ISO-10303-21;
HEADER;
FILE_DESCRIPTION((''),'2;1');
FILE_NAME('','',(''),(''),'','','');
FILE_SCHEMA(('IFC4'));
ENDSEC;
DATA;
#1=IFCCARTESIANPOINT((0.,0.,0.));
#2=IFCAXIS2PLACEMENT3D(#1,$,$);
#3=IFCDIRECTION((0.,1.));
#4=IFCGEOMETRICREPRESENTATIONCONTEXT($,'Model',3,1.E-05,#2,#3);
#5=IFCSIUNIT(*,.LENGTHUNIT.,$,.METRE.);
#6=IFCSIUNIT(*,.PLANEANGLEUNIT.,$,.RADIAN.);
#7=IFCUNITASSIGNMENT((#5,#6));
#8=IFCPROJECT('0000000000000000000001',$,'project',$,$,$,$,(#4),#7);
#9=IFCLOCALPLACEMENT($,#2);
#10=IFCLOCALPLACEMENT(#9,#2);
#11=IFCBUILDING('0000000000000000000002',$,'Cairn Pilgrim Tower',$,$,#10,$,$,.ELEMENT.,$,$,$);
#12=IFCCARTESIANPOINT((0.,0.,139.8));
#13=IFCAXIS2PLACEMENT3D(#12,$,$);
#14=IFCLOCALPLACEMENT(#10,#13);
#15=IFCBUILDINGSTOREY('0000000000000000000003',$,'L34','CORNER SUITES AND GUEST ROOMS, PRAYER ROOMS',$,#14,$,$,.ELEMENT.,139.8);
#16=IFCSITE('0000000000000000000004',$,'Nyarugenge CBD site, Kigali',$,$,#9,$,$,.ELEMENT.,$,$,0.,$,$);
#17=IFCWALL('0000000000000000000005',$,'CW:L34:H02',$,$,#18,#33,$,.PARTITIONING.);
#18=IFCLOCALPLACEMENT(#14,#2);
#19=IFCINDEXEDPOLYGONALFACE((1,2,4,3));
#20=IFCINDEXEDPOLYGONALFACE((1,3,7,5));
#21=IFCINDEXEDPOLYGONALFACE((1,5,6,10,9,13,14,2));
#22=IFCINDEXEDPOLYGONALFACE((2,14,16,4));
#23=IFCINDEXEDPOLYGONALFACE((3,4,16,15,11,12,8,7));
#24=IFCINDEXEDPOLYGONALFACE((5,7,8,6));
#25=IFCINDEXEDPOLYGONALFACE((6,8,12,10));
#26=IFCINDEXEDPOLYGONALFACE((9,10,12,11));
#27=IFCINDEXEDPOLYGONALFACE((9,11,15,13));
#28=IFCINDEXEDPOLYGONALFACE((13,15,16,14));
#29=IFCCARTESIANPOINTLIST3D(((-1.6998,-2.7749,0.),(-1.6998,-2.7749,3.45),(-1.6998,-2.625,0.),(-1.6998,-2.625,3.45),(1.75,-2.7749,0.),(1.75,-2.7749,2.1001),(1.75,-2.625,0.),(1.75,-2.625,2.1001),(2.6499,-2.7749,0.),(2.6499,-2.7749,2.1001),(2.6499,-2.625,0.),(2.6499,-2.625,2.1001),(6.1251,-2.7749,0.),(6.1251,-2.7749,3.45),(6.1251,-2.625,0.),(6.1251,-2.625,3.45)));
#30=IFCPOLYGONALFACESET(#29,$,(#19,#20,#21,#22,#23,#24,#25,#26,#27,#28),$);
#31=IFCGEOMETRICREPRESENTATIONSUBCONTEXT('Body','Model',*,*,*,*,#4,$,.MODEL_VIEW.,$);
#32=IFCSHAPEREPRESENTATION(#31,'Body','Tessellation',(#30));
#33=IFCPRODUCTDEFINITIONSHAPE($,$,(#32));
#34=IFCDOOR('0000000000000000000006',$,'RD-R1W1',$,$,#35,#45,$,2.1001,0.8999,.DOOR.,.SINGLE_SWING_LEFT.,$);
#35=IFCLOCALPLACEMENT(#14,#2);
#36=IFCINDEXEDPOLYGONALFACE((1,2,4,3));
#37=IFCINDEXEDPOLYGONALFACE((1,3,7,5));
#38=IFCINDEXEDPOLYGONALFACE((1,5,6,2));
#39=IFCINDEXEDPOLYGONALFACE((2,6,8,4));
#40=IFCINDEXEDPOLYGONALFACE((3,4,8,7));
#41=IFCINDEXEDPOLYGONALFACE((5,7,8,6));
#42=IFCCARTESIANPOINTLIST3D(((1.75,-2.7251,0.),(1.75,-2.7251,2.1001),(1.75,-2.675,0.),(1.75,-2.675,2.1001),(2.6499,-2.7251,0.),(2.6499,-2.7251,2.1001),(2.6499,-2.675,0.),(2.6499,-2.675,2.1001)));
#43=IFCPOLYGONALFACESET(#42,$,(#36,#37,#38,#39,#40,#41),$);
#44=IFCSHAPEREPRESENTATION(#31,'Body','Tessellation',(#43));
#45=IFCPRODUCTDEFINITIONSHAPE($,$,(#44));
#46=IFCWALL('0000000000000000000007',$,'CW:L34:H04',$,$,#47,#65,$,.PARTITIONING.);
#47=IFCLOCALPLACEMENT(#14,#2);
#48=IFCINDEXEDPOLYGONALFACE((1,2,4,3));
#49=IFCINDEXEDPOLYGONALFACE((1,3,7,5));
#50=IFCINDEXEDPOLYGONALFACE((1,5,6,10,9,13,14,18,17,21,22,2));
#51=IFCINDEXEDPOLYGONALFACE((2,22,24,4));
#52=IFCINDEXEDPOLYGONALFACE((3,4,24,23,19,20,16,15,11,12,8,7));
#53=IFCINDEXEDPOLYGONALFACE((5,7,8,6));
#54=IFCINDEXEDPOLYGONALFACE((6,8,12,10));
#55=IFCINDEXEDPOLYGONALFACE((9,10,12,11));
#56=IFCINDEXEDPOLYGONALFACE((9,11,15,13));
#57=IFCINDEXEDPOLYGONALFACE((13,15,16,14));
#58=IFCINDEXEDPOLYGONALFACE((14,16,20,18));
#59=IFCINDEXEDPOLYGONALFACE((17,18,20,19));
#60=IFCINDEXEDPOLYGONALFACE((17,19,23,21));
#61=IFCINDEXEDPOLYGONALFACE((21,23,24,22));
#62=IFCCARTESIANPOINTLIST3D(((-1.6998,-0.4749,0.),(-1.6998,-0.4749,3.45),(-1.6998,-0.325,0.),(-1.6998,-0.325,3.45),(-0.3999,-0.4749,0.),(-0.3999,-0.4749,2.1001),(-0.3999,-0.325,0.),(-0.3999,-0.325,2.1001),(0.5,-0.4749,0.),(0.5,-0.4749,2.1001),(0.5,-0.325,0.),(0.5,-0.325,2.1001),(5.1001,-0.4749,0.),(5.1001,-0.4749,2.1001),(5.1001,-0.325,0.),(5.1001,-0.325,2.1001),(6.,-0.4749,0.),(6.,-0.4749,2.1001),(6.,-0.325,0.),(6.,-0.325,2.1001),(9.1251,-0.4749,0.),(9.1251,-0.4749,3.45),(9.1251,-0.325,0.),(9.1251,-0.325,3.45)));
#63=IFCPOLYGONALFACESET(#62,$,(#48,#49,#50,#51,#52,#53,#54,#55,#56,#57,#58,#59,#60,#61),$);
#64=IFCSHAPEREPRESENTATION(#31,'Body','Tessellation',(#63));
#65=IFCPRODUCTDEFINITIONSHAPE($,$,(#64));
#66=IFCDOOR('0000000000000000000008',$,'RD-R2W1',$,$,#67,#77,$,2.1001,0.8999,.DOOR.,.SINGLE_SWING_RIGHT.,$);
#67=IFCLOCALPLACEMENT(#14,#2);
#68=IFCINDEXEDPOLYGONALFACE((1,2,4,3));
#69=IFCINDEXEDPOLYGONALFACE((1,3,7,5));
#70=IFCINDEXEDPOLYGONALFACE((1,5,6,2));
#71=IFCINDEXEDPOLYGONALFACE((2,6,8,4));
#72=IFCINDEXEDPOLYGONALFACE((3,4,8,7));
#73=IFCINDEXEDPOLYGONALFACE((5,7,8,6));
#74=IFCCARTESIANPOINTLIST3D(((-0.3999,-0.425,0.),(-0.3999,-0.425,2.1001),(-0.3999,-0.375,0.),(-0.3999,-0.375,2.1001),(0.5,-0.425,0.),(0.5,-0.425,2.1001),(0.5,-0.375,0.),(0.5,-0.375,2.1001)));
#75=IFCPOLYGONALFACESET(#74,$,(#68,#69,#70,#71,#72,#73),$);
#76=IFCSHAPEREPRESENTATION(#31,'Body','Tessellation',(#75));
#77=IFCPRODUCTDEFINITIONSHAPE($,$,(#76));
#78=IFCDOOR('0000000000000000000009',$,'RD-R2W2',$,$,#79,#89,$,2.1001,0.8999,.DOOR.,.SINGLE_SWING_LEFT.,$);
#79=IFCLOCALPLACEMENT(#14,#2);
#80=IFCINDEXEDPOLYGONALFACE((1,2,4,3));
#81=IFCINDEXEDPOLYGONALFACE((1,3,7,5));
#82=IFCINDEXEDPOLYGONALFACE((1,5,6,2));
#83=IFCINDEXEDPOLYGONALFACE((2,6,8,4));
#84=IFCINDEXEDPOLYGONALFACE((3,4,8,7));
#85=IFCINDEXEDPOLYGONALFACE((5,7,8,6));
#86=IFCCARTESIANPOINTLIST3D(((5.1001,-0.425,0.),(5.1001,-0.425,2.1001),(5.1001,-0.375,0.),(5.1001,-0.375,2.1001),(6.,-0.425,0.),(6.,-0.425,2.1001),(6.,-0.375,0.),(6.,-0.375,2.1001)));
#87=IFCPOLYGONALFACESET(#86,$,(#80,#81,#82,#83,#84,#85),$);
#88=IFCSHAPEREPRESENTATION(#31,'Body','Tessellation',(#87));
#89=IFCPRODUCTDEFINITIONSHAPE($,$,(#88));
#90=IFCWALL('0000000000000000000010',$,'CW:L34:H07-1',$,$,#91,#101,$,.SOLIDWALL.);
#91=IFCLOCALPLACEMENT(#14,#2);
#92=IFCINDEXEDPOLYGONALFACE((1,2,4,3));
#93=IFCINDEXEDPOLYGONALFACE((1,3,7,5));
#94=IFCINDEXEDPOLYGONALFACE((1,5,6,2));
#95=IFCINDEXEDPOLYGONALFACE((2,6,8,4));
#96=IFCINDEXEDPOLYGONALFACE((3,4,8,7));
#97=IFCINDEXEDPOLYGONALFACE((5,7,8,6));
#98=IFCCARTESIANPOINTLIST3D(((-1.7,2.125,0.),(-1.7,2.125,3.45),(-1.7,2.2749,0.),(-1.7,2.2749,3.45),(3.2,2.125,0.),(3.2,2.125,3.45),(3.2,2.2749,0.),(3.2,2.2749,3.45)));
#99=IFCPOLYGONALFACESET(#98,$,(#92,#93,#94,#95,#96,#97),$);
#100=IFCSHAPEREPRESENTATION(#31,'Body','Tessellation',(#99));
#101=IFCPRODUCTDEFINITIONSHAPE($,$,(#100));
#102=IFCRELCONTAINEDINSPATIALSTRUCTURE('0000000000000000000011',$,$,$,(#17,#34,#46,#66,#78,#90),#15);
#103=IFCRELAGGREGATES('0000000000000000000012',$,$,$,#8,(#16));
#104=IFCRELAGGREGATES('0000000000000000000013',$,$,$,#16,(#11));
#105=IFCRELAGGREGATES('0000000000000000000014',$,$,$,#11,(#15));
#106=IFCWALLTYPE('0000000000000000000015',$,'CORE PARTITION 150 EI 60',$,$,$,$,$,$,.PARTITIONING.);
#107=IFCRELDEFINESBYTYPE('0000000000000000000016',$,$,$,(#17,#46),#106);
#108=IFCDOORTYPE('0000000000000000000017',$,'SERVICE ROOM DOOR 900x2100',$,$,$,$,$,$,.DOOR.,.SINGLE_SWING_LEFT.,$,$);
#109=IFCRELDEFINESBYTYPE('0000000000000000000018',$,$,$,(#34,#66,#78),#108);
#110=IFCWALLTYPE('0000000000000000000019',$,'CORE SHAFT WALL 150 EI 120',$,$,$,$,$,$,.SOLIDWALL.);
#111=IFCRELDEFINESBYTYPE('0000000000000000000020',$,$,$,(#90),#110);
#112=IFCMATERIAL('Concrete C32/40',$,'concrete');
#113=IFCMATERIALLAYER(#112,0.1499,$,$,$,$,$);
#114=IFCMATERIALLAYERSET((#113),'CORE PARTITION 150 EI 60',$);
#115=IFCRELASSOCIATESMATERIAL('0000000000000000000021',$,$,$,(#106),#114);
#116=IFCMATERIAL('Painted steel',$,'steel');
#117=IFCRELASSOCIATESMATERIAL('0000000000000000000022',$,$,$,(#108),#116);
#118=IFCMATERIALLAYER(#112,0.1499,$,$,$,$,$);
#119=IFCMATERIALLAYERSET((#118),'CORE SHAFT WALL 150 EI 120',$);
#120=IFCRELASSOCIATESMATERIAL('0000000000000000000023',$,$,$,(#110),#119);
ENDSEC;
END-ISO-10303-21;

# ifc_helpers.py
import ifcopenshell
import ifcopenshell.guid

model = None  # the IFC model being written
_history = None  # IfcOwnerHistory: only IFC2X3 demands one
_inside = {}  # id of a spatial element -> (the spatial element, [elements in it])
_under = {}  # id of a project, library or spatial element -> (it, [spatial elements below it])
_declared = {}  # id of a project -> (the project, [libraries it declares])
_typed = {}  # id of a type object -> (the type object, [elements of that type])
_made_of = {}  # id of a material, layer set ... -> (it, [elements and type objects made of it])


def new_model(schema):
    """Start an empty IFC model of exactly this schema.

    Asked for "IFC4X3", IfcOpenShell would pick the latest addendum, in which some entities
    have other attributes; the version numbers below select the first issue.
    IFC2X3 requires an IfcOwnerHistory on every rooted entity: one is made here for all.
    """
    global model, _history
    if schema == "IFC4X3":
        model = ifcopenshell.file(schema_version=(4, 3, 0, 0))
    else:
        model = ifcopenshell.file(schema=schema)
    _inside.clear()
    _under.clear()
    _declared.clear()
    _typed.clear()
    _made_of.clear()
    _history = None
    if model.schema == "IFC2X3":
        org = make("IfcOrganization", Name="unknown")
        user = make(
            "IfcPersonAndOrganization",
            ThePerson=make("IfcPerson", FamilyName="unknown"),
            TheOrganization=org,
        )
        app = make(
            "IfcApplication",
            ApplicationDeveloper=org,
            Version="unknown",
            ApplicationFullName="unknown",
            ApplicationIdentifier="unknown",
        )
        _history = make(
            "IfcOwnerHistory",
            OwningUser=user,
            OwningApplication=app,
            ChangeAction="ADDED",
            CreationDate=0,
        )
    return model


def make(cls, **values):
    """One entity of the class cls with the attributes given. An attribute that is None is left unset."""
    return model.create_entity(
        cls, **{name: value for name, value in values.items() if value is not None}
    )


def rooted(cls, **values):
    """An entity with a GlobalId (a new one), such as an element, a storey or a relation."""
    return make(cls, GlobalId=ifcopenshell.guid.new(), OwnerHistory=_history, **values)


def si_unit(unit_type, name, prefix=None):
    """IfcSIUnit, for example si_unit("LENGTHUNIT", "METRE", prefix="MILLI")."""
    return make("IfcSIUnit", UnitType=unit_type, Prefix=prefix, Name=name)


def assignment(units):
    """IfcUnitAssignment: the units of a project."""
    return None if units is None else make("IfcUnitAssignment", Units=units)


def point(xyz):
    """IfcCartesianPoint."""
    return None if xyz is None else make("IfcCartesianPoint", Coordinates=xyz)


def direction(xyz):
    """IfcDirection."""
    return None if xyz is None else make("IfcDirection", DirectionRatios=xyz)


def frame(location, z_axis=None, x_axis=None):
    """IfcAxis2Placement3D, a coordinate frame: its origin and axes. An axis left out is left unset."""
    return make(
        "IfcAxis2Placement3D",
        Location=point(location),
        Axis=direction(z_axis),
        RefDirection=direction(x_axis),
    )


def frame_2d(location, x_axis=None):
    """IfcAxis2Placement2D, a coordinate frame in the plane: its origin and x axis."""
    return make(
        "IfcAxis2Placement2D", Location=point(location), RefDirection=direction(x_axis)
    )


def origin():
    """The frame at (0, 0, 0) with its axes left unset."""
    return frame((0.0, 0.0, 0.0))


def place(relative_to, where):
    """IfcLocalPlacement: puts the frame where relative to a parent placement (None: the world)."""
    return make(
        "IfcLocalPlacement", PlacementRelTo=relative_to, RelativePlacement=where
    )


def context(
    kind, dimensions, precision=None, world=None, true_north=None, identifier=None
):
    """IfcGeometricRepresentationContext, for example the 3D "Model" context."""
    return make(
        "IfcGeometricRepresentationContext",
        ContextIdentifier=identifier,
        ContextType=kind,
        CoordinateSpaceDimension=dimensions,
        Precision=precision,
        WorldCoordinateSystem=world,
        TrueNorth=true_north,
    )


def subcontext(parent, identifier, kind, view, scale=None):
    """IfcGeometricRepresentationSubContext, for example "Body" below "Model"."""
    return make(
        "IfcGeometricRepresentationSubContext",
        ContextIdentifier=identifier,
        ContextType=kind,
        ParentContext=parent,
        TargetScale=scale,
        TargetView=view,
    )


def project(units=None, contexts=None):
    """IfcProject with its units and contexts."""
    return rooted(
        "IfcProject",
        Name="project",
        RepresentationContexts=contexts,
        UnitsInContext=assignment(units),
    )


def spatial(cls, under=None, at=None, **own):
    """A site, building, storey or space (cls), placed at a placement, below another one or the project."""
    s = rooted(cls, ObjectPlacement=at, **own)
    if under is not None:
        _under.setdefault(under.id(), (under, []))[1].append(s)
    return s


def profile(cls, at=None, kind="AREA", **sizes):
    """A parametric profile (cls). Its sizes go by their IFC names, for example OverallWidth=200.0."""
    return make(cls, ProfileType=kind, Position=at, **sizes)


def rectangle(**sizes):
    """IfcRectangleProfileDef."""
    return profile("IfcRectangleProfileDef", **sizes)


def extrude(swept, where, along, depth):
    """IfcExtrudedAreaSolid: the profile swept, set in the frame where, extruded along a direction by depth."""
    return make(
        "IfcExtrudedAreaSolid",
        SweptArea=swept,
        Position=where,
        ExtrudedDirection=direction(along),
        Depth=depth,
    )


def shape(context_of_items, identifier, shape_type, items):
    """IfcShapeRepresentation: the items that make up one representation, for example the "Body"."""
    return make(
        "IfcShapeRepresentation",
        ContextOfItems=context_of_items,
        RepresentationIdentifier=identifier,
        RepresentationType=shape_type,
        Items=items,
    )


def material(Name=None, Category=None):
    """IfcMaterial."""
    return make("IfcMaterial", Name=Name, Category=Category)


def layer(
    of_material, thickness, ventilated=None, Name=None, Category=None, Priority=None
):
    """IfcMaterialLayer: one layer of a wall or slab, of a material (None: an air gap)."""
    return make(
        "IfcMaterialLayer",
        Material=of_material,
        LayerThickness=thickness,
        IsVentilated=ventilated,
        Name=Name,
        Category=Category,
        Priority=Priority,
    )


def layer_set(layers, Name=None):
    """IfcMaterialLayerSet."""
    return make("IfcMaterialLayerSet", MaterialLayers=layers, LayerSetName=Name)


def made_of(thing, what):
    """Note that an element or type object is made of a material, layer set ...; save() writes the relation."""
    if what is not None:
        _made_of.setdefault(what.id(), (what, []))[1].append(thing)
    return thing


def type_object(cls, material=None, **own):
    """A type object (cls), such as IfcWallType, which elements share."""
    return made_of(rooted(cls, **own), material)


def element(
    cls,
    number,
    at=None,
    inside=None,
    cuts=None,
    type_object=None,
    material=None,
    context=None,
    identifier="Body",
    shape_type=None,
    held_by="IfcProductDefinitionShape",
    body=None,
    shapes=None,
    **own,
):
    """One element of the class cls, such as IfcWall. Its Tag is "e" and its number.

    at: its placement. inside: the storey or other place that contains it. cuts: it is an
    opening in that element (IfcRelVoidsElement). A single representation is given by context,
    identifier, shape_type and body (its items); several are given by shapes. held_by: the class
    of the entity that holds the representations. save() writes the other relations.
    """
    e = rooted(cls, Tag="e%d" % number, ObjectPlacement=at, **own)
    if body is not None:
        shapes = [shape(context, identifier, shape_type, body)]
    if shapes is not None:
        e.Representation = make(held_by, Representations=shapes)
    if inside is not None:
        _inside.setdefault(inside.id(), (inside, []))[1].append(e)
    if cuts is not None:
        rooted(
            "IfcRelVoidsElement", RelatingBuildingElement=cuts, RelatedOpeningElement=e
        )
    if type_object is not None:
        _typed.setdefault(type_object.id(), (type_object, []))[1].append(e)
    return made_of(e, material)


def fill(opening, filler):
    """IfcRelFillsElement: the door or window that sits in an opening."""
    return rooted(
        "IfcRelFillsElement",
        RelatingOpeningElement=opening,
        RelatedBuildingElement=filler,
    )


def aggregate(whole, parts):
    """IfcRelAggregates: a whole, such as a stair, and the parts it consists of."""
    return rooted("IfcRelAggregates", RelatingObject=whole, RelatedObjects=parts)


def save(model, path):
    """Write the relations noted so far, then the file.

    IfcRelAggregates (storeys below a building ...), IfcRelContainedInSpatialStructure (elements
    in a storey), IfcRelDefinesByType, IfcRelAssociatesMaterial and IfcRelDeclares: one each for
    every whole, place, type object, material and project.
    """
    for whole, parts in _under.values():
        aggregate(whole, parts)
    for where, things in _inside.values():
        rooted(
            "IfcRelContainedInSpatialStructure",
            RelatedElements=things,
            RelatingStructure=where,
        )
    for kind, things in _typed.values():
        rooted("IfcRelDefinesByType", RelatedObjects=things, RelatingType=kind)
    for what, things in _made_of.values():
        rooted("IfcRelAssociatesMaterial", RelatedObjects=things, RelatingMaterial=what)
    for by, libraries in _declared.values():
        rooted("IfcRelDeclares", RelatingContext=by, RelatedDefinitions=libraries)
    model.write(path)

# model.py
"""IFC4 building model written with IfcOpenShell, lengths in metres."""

from ifc_helpers import new_model, si_unit, direction, frame, frame_2d, origin, place, context, subcontext, project, spatial, rectangle, extrude, material, layer, layer_set, type_object, element, fill, save


model = new_model("IFC4")

# Units and contexts
model_context = context("Model", 3, precision=1e-05, world=origin(), true_north=direction((0.0, 1.0)))
body_context = subcontext(model_context, "Body", "Model", "MODEL_VIEW")
ifc_project = project(units=[si_unit("LENGTHUNIT", "METRE"), si_unit("PLANEANGLEUNIT", "RADIAN")], contexts=[model_context])

# Site, building, storey
site_placement = place(None, origin())
site = spatial("IfcSite", under=ifc_project, at=site_placement, Name="Nyarugenge CBD site, Kigali", CompositionType="ELEMENT", RefElevation=0.0)
building_placement = place(site_placement, origin())
building = spatial("IfcBuilding", under=site, at=building_placement, Name="Cairn Pilgrim Tower", CompositionType="ELEMENT")
storey_placement = place(building_placement, frame((0.0, 0.0, 139.8)))
storey = spatial("IfcBuildingStorey", under=building, at=storey_placement, Name="L34", Description="CORNER SUITES AND GUEST ROOMS, PRAYER ROOMS", CompositionType="ELEMENT", Elevation=139.8)

# Shared definitions
ifc_material_1 = material(Name="Concrete C32/40", Category="concrete")

# Shared definitions
ifc_material_2 = material(Name="Painted steel", Category="steel")

# Wall, opening, door
ifc_layer_1 = layer(ifc_material_1, 0.1499)
ifc_layer_set_1 = layer_set([ifc_layer_1], Name="CORE PARTITION 150 EI 60")
wall_type_1 = type_object("IfcWallType", Name="CORE PARTITION 150 EI 60", PredefinedType="PARTITIONING", material=ifc_layer_set_1)
wall_1_placement = place(storey_placement, frame((-1.7, -2.7, 0.0), z_axis=(0.0, 0.0, 1.0), x_axis=(1.0, 0.0, 0.0)))
wall_1 = element("IfcWall", 1, at=wall_1_placement, inside=storey, type_object=wall_type_1, Name="CW:L34:H02", PredefinedType="PARTITIONING", context=body_context, shape_type="SweptSolid", body=[
    extrude(rectangle(XDim=7.825, YDim=0.1499, at=frame_2d((3.9126, 0.0))), origin(), (0.0, 0.0, 1.0), 3.45),
])
opening_1_placement = place(wall_1_placement, frame((3.45, 0.0, 0.0)))
opening_1 = element("IfcOpeningElement", 2, at=opening_1_placement, cuts=wall_1, PredefinedType="OPENING", context=body_context, shape_type="SweptSolid", body=[
    extrude(rectangle(XDim=0.8999, YDim=2.1001, at=frame_2d((0.45, 1.05))), frame((0.0, 0.085, 0.0), z_axis=(0.0, -1.0, 0.0), x_axis=(1.0, 0.0, 0.0)), (0.0, 0.0, 1.0), 0.1699),
])
door_type_1 = type_object("IfcDoorType", Name="SERVICE ROOM DOOR 900x2100", OperationType="SINGLE_SWING_LEFT", PredefinedType="DOOR", material=ifc_material_2)
door_1_placement = place(opening_1_placement, origin())
door_1 = element("IfcDoor", 3, at=door_1_placement, inside=storey, type_object=door_type_1, Name="RD-R1W1", OperationType="SINGLE_SWING_LEFT", OverallHeight=2.1001, OverallWidth=0.8999, PredefinedType="DOOR", context=body_context, shape_type="SweptSolid", body=[
    extrude(rectangle(XDim=0.8999, YDim=2.1001, at=frame_2d((0.45, 1.05))), frame((0.0, 0.0249, 0.0), z_axis=(0.0, -1.0, 0.0), x_axis=(1.0, 0.0, 0.0)), (0.0, 0.0, 1.0), 0.05),
])
fill(opening_1, door_1)

# Wall, openings, doors
wall_2_placement = place(storey_placement, frame((-1.7, -0.3999, 0.0), z_axis=(0.0, 0.0, 1.0), x_axis=(1.0, 0.0, 0.0)))
wall_2 = element("IfcWall", 4, at=wall_2_placement, inside=storey, type_object=wall_type_1, Name="CW:L34:H04", PredefinedType="PARTITIONING", context=body_context, shape_type="SweptSolid", body=[
    extrude(rectangle(XDim=10.825, YDim=0.1499, at=frame_2d((5.4126, 0.0))), origin(), (0.0, 0.0, 1.0), 3.45),
])
opening_2_placement = place(wall_2_placement, frame((1.3, 0.0, 0.0)))
opening_2 = element("IfcOpeningElement", 5, at=opening_2_placement, cuts=wall_2, PredefinedType="OPENING", context=body_context, shape_type="SweptSolid", body=[
    extrude(rectangle(XDim=0.8999, YDim=2.1001, at=frame_2d((0.45, 1.05))), frame((0.0, 0.085, 0.0), z_axis=(0.0, -1.0, 0.0), x_axis=(1.0, 0.0, 0.0)), (0.0, 0.0, 1.0), 0.1699),
])
opening_3_placement = place(wall_2_placement, frame((6.8, 0.0, 0.0)))
opening_3 = element("IfcOpeningElement", 6, at=opening_3_placement, cuts=wall_2, PredefinedType="OPENING", context=body_context, shape_type="SweptSolid", body=[
    extrude(rectangle(XDim=0.8999, YDim=2.1001, at=frame_2d((0.45, 1.05))), frame((0.0, 0.085, 0.0), z_axis=(0.0, -1.0, 0.0), x_axis=(1.0, 0.0, 0.0)), (0.0, 0.0, 1.0), 0.1699),
])
door_2_placement = place(opening_2_placement, origin())
door_2 = element("IfcDoor", 7, at=door_2_placement, inside=storey, type_object=door_type_1, Name="RD-R2W1", OperationType="SINGLE_SWING_RIGHT", OverallHeight=2.1001, OverallWidth=0.8999, PredefinedType="DOOR", context=body_context, shape_type="SweptSolid", body=[
    extrude(rectangle(XDim=0.8999, YDim=2.1001, at=frame_2d((0.45, 1.05))), frame((0.0, 0.0249, 0.0), z_axis=(0.0, -1.0, 0.0), x_axis=(1.0, 0.0, 0.0)), (0.0, 0.0, 1.0), 0.05),
])
fill(opening_2, door_2)
door_3_placement = place(opening_3_placement, origin())
door_3 = element("IfcDoor", 8, at=door_3_placement, inside=storey, type_object=door_type_1, Name="RD-R2W2", OperationType="SINGLE_SWING_LEFT", OverallHeight=2.1001, OverallWidth=0.8999, PredefinedType="DOOR", context=body_context, shape_type="SweptSolid", body=[
    extrude(rectangle(XDim=0.8999, YDim=2.1001, at=frame_2d((0.45, 1.05))), frame((0.0, 0.0249, 0.0), z_axis=(0.0, -1.0, 0.0), x_axis=(1.0, 0.0, 0.0)), (0.0, 0.0, 1.0), 0.05),
])
fill(opening_3, door_3)

# Wall
ifc_layer_2 = layer(ifc_material_1, 0.1499)
ifc_layer_set_2 = layer_set([ifc_layer_2], Name="CORE SHAFT WALL 150 EI 120")
wall_type_2 = type_object("IfcWallType", Name="CORE SHAFT WALL 150 EI 120", PredefinedType="SOLIDWALL", material=ifc_layer_set_2)
wall_3_placement = place(storey_placement, frame((-1.7, 2.2, 0.0), z_axis=(0.0, 0.0, 1.0), x_axis=(1.0, 0.0, 0.0)))
element("IfcWall", 9, at=wall_3_placement, inside=storey, type_object=wall_type_2, Name="CW:L34:H07-1", PredefinedType="SOLIDWALL", context=body_context, shape_type="SweptSolid", body=[
    extrude(rectangle(XDim=4.8999, YDim=0.1499, at=frame_2d((2.45, 0.0))), origin(), (0.0, 0.0, 1.0), 3.45),
])

save(model, "model.ifc")
